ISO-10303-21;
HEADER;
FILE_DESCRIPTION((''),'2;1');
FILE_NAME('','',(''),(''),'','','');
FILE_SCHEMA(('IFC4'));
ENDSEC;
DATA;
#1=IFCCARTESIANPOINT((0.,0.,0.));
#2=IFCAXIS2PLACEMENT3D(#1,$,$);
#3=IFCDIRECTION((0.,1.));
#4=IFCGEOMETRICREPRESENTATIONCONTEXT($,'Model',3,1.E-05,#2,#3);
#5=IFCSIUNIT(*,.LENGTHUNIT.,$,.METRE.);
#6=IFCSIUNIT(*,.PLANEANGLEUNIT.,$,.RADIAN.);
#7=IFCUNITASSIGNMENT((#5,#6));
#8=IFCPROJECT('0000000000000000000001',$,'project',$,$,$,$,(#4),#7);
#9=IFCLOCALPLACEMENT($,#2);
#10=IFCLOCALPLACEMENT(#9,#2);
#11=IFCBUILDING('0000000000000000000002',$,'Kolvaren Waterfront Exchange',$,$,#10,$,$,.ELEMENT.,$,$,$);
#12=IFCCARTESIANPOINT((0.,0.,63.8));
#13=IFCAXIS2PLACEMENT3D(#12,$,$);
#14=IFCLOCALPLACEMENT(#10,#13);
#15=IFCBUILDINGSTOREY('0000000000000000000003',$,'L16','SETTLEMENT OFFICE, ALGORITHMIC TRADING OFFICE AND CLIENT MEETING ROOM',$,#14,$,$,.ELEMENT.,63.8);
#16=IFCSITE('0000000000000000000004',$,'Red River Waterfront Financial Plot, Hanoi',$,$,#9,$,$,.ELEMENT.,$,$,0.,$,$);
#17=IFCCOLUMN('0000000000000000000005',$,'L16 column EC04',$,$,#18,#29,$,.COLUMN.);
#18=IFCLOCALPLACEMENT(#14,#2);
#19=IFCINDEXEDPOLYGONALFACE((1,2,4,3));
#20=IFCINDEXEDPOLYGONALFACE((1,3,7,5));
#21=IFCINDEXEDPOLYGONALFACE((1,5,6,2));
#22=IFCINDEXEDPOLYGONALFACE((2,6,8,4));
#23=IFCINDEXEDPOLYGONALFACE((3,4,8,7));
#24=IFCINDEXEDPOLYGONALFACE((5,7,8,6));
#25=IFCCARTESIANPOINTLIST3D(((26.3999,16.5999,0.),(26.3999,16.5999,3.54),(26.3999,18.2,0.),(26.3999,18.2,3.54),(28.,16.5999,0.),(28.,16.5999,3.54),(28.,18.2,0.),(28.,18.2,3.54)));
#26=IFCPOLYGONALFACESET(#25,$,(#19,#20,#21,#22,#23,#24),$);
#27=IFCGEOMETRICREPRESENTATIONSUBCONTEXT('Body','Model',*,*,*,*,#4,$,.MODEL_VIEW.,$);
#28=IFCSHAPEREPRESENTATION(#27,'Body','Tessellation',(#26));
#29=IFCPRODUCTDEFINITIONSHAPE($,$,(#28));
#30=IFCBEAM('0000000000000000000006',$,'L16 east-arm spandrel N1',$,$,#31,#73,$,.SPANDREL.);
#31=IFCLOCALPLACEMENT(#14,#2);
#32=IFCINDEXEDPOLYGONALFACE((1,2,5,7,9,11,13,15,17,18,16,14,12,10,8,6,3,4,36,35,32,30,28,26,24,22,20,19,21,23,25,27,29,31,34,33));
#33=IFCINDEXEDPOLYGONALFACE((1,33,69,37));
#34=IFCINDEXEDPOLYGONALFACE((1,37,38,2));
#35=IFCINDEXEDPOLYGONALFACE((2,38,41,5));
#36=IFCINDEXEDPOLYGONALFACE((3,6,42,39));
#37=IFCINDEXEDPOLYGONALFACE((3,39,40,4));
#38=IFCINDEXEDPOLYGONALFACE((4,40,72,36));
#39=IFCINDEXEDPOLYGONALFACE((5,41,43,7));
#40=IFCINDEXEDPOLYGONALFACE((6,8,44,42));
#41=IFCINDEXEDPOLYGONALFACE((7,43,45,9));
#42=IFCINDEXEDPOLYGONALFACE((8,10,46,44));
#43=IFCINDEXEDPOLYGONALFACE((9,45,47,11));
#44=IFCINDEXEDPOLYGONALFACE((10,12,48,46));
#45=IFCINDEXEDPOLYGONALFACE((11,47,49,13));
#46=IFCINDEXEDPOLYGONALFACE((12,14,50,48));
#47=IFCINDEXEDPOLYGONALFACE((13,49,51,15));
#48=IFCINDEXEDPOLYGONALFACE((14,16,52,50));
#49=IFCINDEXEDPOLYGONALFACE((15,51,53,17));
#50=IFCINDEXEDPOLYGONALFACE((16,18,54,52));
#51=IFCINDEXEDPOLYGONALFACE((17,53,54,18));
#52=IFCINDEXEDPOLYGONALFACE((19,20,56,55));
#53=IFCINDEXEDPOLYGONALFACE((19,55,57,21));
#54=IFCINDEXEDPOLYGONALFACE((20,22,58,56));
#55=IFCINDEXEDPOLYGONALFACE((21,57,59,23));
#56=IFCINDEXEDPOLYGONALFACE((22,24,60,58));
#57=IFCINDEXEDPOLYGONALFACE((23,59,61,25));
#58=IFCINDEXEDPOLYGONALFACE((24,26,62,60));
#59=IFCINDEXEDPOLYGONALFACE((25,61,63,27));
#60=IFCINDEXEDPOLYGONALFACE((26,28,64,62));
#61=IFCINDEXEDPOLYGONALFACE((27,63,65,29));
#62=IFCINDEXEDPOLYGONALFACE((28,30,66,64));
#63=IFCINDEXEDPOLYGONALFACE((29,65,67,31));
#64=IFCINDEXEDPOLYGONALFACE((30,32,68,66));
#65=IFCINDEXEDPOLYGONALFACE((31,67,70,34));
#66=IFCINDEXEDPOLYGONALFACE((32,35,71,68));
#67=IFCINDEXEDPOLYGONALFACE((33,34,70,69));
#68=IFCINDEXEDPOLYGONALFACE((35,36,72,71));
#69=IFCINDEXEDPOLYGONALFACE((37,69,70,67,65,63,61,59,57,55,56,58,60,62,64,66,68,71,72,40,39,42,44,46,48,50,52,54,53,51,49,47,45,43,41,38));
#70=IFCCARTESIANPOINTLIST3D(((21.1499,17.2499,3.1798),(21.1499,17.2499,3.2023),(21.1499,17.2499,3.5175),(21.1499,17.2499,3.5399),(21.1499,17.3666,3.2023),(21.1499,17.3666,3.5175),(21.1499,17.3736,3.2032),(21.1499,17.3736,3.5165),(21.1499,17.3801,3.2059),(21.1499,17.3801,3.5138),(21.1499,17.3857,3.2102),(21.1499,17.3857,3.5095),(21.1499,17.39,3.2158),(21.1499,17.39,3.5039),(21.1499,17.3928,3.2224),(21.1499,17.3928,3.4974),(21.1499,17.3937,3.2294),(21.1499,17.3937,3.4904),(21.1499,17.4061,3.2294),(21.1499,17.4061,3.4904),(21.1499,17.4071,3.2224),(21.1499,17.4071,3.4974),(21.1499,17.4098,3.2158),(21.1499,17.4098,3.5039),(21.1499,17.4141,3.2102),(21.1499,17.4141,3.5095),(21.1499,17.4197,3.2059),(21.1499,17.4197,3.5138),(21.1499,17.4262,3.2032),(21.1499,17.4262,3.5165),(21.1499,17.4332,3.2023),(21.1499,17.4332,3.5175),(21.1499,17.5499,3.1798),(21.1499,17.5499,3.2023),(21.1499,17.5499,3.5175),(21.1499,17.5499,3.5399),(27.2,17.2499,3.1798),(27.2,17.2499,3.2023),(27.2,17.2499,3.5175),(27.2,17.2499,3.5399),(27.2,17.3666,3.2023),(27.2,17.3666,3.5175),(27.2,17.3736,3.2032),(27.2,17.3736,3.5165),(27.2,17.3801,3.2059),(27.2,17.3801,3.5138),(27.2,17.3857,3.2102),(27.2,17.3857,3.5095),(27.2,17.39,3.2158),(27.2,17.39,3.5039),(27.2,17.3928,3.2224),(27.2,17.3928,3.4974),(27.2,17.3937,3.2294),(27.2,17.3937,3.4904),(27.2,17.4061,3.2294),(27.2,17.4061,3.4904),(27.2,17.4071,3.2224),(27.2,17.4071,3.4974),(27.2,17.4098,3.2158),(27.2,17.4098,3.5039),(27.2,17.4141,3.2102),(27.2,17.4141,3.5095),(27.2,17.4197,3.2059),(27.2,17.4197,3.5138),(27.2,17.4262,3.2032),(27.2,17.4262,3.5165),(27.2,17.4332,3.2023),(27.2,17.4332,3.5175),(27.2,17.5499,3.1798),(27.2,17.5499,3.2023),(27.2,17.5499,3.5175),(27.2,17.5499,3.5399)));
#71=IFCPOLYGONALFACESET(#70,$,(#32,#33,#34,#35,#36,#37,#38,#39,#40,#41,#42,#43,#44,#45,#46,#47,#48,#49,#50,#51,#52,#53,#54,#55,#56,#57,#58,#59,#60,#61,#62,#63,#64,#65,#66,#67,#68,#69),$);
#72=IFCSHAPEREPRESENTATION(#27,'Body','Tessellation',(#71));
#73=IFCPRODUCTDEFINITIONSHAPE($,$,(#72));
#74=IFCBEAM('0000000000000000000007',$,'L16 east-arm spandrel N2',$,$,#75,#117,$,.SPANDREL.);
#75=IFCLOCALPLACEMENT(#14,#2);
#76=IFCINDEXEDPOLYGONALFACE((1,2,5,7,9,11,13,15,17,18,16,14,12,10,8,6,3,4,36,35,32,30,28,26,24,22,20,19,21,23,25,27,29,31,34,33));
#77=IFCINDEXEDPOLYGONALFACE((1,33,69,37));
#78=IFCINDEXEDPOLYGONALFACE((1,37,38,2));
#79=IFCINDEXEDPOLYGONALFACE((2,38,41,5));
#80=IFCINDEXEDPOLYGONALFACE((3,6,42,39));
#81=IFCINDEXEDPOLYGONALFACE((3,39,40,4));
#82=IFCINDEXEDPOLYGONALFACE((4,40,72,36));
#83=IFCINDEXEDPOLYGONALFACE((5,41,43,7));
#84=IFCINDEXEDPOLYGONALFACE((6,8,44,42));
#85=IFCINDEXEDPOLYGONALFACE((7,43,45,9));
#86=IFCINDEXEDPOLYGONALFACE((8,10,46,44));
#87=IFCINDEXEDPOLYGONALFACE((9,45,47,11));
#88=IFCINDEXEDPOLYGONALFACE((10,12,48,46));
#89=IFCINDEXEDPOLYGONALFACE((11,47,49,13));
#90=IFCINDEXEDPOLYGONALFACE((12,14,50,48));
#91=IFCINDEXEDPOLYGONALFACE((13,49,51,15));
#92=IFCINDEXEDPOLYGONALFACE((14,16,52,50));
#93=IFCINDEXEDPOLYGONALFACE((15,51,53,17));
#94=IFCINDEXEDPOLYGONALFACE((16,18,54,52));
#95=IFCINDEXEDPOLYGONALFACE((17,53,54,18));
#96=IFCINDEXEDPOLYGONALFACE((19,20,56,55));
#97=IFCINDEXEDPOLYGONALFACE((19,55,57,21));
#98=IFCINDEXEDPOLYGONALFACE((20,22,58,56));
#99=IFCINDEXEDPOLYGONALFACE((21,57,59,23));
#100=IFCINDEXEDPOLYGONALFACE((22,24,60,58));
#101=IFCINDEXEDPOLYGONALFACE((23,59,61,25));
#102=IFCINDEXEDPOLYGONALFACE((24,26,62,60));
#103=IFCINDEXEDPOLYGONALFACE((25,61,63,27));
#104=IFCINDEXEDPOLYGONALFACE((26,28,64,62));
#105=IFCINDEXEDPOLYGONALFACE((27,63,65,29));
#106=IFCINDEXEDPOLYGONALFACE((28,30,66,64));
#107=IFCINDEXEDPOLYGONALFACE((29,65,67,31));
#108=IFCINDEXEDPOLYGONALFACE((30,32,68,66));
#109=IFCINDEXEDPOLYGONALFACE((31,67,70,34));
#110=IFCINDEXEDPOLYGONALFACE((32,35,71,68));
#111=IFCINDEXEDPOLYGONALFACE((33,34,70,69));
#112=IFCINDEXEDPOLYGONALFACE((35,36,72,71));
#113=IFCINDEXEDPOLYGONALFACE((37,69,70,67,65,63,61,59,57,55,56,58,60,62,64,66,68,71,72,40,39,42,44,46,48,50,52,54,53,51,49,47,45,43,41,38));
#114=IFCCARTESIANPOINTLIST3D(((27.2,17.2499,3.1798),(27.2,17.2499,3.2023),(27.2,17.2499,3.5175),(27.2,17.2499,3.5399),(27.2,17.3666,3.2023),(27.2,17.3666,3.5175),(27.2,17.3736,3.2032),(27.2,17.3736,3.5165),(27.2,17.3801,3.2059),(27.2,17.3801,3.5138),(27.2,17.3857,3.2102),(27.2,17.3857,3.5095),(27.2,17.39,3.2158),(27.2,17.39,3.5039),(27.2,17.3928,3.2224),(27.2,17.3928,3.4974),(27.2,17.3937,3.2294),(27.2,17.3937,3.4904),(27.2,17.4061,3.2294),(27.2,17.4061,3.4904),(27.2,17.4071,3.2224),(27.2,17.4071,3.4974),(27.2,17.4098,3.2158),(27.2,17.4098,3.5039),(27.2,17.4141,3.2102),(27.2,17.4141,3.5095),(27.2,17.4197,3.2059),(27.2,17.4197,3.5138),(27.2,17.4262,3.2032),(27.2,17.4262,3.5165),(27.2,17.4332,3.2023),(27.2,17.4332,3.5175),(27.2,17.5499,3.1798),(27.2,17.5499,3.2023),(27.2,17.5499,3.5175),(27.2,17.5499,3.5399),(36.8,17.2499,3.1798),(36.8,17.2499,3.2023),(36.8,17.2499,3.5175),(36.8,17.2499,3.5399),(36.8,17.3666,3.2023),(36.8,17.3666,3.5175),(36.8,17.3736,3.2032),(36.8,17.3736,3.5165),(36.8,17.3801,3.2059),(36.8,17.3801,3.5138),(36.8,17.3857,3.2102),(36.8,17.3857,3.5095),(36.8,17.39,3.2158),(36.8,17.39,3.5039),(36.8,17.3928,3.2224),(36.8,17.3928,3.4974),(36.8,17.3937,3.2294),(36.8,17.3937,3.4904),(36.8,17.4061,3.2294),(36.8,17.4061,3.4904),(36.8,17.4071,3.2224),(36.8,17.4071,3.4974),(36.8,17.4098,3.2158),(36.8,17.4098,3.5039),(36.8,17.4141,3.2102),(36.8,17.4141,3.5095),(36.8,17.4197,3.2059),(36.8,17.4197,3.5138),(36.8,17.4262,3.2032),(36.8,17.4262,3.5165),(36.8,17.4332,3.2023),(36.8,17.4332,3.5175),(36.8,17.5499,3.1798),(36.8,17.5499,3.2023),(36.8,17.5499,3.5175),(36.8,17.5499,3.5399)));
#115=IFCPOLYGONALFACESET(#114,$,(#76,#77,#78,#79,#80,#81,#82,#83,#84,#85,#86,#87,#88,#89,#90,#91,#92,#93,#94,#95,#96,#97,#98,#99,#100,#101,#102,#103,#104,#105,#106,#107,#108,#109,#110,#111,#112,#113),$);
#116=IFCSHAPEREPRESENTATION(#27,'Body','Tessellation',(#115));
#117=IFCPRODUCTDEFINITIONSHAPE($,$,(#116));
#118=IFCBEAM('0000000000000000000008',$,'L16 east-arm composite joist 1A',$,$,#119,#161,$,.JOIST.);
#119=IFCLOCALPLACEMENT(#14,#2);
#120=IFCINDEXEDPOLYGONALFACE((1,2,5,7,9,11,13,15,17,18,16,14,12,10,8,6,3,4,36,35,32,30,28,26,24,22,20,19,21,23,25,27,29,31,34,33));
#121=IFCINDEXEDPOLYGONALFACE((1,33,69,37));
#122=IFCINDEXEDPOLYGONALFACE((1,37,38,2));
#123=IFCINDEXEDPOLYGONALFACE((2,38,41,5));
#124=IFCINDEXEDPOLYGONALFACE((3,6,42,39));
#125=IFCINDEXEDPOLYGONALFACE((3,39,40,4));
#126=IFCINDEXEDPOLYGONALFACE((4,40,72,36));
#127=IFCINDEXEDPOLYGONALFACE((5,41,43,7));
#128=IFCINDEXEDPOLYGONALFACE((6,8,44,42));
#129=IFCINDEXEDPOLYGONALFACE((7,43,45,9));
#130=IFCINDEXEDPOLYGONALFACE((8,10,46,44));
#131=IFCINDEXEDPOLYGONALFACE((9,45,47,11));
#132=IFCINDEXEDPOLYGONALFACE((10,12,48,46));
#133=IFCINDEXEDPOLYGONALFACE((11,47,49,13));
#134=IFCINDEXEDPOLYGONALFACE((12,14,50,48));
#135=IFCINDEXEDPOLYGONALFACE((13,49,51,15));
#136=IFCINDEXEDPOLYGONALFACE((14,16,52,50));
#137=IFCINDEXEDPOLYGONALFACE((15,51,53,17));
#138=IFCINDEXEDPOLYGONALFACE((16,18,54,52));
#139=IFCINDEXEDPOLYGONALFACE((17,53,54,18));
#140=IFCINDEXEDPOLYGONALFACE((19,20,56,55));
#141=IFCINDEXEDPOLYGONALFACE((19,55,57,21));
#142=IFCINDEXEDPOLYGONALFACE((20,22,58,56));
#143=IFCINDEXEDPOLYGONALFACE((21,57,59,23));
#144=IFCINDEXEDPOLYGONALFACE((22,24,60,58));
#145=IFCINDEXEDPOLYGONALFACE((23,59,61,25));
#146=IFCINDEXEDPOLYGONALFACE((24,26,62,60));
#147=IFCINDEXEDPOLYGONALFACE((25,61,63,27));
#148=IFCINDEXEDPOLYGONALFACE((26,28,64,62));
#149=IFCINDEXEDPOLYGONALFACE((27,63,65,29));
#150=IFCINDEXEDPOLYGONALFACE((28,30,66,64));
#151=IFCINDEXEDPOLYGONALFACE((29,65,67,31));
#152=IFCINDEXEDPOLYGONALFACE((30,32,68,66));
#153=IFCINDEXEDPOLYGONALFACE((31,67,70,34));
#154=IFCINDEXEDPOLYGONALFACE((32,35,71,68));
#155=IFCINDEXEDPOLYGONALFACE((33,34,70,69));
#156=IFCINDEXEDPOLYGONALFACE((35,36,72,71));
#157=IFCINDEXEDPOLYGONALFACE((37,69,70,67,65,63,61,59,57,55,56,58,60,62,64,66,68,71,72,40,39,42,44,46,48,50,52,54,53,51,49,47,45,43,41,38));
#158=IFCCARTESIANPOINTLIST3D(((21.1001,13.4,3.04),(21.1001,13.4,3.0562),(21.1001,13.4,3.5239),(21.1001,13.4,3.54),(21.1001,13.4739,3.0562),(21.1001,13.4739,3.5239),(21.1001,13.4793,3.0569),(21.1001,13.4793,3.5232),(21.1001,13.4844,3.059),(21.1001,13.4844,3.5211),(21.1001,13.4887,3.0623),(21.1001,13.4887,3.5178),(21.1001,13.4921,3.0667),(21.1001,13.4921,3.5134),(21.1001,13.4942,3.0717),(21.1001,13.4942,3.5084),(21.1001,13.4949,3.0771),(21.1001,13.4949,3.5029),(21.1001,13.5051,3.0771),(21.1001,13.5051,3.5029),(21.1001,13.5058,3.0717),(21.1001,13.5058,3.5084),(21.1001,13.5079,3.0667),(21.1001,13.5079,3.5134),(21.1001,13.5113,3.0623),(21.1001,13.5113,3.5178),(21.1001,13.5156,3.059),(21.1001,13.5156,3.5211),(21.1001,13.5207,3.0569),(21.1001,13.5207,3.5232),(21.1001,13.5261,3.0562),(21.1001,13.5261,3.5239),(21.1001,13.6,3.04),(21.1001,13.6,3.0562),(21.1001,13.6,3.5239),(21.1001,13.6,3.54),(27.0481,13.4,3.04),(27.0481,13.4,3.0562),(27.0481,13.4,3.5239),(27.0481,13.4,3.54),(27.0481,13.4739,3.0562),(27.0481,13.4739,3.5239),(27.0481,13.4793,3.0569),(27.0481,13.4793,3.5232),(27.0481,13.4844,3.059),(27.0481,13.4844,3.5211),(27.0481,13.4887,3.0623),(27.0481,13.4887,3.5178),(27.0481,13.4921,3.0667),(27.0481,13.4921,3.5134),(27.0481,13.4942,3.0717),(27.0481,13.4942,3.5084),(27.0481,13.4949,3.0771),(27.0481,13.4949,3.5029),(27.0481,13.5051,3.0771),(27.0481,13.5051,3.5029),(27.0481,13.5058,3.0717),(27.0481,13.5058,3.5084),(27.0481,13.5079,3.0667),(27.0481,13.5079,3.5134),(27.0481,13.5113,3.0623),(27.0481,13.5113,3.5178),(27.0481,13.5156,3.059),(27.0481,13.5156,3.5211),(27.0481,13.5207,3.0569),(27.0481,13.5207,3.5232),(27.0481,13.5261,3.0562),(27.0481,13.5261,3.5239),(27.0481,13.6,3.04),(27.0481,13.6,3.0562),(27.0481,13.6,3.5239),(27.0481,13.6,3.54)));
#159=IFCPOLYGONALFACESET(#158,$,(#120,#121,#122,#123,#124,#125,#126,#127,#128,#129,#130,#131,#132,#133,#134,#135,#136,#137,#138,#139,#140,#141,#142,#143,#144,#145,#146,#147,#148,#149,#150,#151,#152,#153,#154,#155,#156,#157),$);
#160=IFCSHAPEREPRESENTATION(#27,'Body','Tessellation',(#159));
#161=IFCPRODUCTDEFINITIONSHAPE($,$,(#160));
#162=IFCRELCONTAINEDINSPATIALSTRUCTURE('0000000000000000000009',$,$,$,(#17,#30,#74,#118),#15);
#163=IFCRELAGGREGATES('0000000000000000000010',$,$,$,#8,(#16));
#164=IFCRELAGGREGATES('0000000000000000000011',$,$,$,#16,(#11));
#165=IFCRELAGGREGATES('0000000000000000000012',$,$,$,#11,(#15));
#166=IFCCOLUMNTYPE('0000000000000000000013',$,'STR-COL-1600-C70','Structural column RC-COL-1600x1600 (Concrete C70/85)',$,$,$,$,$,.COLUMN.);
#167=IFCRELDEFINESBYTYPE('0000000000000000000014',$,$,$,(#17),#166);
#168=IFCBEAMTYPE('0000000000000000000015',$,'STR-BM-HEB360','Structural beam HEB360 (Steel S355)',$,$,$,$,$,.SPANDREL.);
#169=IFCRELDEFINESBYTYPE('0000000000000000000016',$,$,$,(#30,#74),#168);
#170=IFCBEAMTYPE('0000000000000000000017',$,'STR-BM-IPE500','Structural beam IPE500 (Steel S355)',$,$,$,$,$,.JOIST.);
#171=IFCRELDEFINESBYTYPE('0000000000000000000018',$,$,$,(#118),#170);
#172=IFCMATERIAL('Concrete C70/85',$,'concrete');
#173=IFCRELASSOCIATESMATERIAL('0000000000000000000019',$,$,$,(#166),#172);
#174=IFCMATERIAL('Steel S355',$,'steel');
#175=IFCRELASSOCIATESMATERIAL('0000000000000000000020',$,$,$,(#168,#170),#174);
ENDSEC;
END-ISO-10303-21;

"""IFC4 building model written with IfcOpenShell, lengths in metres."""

from ifc_helpers import new_model, si_unit, direction, frame, origin, origin_2d, place, context, subcontext, project, spatial, rectangle, i_section, extrude, material, material_profile, profile_set, type_object, element, save


model = new_model("IFC4")

# Units and contexts
model_context = context("Model", 3, precision=1e-05, world=origin(), true_north=direction((0.0, 1.0)))
body_context = subcontext(model_context, "Body", "Model", "MODEL_VIEW")
ifc_project = project(units=[si_unit("LENGTHUNIT", "METRE"), si_unit("PLANEANGLEUNIT", "RADIAN")], contexts=[model_context])

# Site, building, storey
site_placement = place(None, origin())
site = spatial("IfcSite", under=ifc_project, at=site_placement, Name="Red River Waterfront Financial Plot, Hanoi", CompositionType="ELEMENT", RefElevation=0.0)
building_placement = place(site_placement, origin())
building = spatial("IfcBuilding", under=site, at=building_placement, Name="Kolvaren Waterfront Exchange", CompositionType="ELEMENT")
storey_placement = place(building_placement, frame((0.0, 0.0, 63.8)))
storey = spatial("IfcBuildingStorey", under=building, at=storey_placement, Name="L16", Description="SETTLEMENT OFFICE, ALGORITHMIC TRADING OFFICE AND CLIENT MEETING ROOM", CompositionType="ELEMENT", Elevation=63.8)

# Column
ifc_material_1 = material(Name="Concrete C70/85", Category="concrete")
ifc_material_profile_1 = material_profile(ifc_material_1, rectangle(XDim=1.6001, YDim=1.6001, at=origin_2d()), Name="RC-COL-1600x1600")
ifc_profile_set_1 = profile_set([ifc_material_profile_1], Name="Concrete C70/85")
column_type = type_object("IfcColumnType", Name="STR-COL-1600-C70", Description="Structural column RC-COL-1600x1600 (Concrete C70/85)", PredefinedType="COLUMN", material=ifc_profile_set_1)
column_placement = place(storey_placement, frame((27.2, 17.3999, 0.0), z_axis=(0.0, 0.0, 1.0), x_axis=(1.0, 0.0, 0.0)))
element("IfcColumn", 1, at=column_placement, inside=storey, type_object=column_type, Name="L16 column EC04", PredefinedType="COLUMN", context=body_context, shape_type="SweptSolid", body=[
    extrude(rectangle(XDim=1.6001, YDim=1.6001, at=origin_2d()), origin(), (0.0, 0.0, 1.0), 3.54),
])

# Beams
ifc_material_2 = material(Name="Steel S355", Category="steel")
ifc_material_profile_2 = material_profile(ifc_material_2, i_section(OverallWidth=0.3, OverallDepth=0.3601, WebThickness=0.0125, FlangeThickness=0.0225, FilletRadius=0.0271, at=origin_2d()), Name="HEB360")
ifc_profile_set_2 = profile_set([ifc_material_profile_2], Name="Steel S355")
beam_type_1 = type_object("IfcBeamType", Name="STR-BM-HEB360", Description="Structural beam HEB360 (Steel S355)", PredefinedType="SPANDREL", material=ifc_profile_set_2)
beam_1_placement = place(storey_placement, frame((21.1499, 17.3999, 3.3599), z_axis=(1.0, 0.0, 0.0), x_axis=(0.0, 1.0, 0.0)))
element("IfcBeam", 2, at=beam_1_placement, inside=storey, type_object=beam_type_1, Name="L16 east-arm spandrel N1", PredefinedType="SPANDREL", context=body_context, shape_type="SweptSolid", body=[
    extrude(i_section(OverallWidth=0.3, OverallDepth=0.3601, WebThickness=0.0125, FlangeThickness=0.0225, FilletRadius=0.0271, at=origin_2d()), origin(), (0.0, 0.0, 1.0), 6.05),
])
beam_2_placement = place(storey_placement, frame((27.2, 17.3999, 3.3599), z_axis=(1.0, 0.0, 0.0), x_axis=(0.0, 1.0, 0.0)))
element("IfcBeam", 3, at=beam_2_placement, inside=storey, type_object=beam_type_1, Name="L16 east-arm spandrel N2", PredefinedType="SPANDREL", context=body_context, shape_type="SweptSolid", body=[
    extrude(i_section(OverallWidth=0.3, OverallDepth=0.3601, WebThickness=0.0125, FlangeThickness=0.0225, FilletRadius=0.0271, at=origin_2d()), origin(), (0.0, 0.0, 1.0), 9.6001),
])
ifc_material_profile_3 = material_profile(ifc_material_2, i_section(OverallWidth=0.2, OverallDepth=0.5, WebThickness=0.0103, FlangeThickness=0.0161, FilletRadius=0.021, at=origin_2d()), Name="IPE500")
ifc_profile_set_3 = profile_set([ifc_material_profile_3], Name="Steel S355")
beam_type_2 = type_object("IfcBeamType", Name="STR-BM-IPE500", Description="Structural beam IPE500 (Steel S355)", PredefinedType="JOIST", material=ifc_profile_set_3)
for number, where, z_axis, x_axis, name in (
    (4, (21.1001, 13.5, 3.29), (1.0, 0.0, 0.0), (0.0, 1.0, 0.0), "L16 east-arm composite joist 1A"),
):
    element("IfcBeam", number, at=place(storey_placement, frame(where, z_axis=z_axis, x_axis=x_axis)), inside=storey, type_object=beam_type_2, Name=name, PredefinedType="JOIST", context=body_context, shape_type="SweptSolid", body=[
        extrude(i_section(OverallWidth=0.2, OverallDepth=0.5, WebThickness=0.0103, FlangeThickness=0.0161, FilletRadius=0.021, at=origin_2d()), origin(), (0.0, 0.0, 1.0), 5.948),
    ])

save(model, "model.ifc")
